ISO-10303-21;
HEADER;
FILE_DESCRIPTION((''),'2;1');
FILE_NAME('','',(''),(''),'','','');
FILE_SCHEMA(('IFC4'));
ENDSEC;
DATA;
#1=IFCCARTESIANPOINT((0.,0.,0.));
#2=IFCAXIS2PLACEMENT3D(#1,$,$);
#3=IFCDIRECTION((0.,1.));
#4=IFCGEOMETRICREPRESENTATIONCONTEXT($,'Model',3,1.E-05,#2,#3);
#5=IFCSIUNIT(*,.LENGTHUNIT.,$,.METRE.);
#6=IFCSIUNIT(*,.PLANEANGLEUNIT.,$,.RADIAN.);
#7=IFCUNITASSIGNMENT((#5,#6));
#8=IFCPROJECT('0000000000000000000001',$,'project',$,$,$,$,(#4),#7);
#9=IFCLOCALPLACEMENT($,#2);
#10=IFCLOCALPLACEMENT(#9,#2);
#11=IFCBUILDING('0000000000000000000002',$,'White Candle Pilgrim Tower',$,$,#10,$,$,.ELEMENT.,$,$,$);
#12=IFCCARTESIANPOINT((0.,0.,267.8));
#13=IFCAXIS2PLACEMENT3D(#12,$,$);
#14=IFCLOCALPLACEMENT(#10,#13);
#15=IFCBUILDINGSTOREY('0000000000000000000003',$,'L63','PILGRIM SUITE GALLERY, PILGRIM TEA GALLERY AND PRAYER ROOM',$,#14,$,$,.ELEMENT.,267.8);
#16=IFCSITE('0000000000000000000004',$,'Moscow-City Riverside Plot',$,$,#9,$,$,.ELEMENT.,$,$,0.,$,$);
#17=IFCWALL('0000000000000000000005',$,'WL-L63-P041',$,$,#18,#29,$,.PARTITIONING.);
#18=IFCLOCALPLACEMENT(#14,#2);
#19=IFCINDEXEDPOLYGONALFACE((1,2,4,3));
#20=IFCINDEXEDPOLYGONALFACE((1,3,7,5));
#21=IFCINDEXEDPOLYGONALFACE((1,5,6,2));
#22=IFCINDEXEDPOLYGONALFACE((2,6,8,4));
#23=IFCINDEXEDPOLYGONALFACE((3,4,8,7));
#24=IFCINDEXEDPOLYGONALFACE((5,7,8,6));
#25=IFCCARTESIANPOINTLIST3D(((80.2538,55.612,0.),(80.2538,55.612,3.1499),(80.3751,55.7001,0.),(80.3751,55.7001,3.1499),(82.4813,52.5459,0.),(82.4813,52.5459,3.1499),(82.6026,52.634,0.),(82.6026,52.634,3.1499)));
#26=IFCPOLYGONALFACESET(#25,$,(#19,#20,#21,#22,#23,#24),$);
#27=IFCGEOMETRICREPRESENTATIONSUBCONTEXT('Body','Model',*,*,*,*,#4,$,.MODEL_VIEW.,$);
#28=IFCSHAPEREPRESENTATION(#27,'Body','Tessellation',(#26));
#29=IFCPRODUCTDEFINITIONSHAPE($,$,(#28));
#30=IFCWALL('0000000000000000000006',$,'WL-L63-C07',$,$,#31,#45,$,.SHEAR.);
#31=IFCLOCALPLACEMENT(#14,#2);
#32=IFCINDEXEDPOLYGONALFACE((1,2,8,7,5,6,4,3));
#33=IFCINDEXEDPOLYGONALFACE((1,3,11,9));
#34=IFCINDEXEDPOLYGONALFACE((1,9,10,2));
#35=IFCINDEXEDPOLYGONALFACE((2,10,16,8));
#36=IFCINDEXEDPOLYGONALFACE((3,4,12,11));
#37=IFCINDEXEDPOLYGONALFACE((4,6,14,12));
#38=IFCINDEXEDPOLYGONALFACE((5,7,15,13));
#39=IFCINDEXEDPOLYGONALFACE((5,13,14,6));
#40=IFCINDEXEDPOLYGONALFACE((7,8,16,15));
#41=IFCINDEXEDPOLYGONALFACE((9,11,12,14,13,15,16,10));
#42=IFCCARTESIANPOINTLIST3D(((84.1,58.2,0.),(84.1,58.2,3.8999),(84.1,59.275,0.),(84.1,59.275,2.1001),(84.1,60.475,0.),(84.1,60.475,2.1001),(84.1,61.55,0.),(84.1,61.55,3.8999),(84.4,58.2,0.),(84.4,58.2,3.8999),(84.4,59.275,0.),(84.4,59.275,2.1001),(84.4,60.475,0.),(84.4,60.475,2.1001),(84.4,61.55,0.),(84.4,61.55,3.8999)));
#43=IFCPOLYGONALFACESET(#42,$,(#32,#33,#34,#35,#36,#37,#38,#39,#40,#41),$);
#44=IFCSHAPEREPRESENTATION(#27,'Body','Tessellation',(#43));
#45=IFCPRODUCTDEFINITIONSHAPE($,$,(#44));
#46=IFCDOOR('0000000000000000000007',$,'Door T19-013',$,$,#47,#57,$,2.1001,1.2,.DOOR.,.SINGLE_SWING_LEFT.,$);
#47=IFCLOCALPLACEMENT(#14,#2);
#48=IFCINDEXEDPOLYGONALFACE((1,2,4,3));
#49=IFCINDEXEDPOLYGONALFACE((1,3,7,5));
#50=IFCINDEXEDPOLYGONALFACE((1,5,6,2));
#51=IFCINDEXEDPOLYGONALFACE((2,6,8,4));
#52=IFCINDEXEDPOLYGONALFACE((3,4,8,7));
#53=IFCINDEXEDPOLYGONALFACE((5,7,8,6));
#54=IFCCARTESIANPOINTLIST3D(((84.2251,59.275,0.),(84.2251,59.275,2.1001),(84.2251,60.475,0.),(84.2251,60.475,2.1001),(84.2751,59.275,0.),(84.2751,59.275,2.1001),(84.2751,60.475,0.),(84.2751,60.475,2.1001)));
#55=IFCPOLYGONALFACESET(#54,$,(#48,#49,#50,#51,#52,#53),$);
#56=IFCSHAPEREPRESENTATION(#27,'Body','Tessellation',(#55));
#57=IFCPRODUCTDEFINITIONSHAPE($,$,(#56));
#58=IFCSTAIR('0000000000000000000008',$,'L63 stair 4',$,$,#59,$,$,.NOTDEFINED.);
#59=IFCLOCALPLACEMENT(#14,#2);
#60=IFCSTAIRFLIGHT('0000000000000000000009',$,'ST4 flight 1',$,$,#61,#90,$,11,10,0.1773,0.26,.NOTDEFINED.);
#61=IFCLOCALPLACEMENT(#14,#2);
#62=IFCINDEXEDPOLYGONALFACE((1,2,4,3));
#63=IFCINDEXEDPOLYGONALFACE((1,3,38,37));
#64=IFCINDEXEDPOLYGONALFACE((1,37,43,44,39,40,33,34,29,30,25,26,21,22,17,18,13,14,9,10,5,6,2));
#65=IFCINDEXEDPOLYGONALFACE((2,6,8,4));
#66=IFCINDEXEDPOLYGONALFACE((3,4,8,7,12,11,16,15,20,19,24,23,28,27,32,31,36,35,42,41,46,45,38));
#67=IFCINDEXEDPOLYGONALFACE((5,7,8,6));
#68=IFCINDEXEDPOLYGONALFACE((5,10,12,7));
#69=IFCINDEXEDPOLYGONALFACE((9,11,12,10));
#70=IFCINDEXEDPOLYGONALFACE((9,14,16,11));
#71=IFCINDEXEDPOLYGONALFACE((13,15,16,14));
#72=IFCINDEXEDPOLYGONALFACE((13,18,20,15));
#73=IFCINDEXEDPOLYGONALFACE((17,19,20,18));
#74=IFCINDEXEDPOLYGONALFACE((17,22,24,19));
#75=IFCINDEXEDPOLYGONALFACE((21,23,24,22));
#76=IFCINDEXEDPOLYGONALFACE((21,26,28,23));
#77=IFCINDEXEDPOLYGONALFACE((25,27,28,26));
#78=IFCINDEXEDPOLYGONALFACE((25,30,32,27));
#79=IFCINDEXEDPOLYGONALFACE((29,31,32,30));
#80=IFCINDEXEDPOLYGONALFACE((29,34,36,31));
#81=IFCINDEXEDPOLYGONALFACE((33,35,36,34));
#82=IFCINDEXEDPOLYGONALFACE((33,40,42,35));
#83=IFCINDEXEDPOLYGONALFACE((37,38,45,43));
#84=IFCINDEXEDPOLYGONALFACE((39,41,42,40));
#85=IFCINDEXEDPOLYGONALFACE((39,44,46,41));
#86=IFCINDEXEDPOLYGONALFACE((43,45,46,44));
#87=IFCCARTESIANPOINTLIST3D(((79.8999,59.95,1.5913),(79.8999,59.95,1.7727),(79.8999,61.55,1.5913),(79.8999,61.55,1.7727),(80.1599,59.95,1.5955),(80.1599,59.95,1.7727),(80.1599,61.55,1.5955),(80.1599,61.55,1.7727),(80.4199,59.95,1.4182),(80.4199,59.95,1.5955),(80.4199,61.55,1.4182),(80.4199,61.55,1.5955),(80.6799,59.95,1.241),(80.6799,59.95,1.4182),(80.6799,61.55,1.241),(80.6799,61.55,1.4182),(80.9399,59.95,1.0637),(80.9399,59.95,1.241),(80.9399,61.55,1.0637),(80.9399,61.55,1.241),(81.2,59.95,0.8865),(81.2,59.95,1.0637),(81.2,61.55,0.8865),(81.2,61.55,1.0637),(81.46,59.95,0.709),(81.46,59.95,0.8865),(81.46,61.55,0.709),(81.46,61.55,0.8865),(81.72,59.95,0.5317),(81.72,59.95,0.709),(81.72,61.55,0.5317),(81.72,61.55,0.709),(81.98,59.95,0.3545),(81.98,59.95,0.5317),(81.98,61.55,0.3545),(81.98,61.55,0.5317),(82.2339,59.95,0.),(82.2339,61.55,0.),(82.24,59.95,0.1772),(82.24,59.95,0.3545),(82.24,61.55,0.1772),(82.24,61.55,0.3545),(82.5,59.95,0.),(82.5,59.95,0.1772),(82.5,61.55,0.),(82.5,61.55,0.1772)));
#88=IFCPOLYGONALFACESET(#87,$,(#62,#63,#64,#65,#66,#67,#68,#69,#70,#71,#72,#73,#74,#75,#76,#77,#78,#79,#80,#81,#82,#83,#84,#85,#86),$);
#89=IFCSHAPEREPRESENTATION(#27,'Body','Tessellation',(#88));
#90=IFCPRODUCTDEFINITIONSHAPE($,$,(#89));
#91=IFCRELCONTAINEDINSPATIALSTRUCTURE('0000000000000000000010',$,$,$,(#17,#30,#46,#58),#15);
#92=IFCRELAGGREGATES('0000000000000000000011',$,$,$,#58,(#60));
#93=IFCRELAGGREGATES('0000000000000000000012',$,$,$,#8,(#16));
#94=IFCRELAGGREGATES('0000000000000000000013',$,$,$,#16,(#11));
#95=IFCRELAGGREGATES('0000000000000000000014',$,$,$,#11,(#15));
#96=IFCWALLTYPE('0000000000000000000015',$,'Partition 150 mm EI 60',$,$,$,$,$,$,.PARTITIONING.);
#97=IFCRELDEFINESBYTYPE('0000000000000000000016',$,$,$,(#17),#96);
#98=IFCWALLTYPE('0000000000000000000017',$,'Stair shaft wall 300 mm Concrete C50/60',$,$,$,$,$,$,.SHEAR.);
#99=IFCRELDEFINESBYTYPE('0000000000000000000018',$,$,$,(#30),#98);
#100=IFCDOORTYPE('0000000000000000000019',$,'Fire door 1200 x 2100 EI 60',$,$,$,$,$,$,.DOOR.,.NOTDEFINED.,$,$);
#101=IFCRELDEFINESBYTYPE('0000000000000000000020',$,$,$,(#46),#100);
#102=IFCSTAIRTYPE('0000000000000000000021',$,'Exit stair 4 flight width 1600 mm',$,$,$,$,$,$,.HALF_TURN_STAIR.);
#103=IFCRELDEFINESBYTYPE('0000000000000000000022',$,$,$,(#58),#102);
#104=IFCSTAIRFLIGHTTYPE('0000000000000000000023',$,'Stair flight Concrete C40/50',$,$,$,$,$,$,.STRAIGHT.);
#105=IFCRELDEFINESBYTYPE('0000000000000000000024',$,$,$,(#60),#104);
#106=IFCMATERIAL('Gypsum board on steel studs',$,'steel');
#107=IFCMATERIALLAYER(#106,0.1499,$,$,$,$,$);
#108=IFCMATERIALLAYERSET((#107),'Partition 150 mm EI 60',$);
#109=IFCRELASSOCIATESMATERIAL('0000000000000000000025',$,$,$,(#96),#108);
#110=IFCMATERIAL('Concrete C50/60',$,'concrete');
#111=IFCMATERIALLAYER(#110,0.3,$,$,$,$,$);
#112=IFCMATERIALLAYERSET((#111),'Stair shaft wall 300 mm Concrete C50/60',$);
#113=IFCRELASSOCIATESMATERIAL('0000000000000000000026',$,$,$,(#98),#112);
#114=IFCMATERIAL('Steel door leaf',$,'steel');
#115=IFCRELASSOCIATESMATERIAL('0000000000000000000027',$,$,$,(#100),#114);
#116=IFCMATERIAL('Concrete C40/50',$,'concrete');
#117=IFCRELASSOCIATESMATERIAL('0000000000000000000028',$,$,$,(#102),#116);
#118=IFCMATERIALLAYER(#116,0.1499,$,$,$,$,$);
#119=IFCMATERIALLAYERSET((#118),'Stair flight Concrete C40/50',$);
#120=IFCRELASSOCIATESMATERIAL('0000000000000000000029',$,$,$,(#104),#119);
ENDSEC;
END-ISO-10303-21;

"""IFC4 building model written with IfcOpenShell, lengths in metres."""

from ifc_helpers import new_model, si_unit, direction, frame, frame_2d, origin, place, context, subcontext, project, spatial, polyline, rectangle, outline, extrude, material, layer, layer_set, type_object, element, fill, aggregate, save


model = new_model("IFC4")

# Units and contexts
model_context = context("Model", 3, precision=1e-05, world=origin(), true_north=direction((0.0, 1.0)))
body_context = subcontext(model_context, "Body", "Model", "MODEL_VIEW")
ifc_project = project(units=[si_unit("LENGTHUNIT", "METRE"), si_unit("PLANEANGLEUNIT", "RADIAN")], contexts=[model_context])

# Site, building, storey
site_placement = place(None, origin())
site = spatial("IfcSite", under=ifc_project, at=site_placement, Name="Moscow-City Riverside Plot", CompositionType="ELEMENT", RefElevation=0.0)
building_placement = place(site_placement, origin())
building = spatial("IfcBuilding", under=site, at=building_placement, Name="White Candle Pilgrim Tower", CompositionType="ELEMENT")
storey_placement = place(building_placement, frame((0.0, 0.0, 267.8)))
storey = spatial("IfcBuildingStorey", under=building, at=storey_placement, Name="L63", Description="PILGRIM SUITE GALLERY, PILGRIM TEA GALLERY AND PRAYER ROOM", CompositionType="ELEMENT", Elevation=267.8)

# Shared definitions
ifc_material_1 = material(Name="Concrete C50/60", Category="concrete")

# Shared definitions
ifc_material_2 = material(Name="Gypsum board on steel studs", Category="steel")
ifc_material_3 = material(Name="Steel door leaf", Category="steel")

# Wall
ifc_layer_1 = layer(ifc_material_2, 0.1499)
ifc_layer_set_1 = layer_set([ifc_layer_1], Name="Partition 150 mm EI 60")
wall_type_1 = type_object("IfcWallType", Name="Partition 150 mm EI 60", PredefinedType="PARTITIONING", material=ifc_layer_set_1)
wall_1_placement = place(storey_placement, frame((82.542, 52.5898, 0.0), z_axis=(0.0, 0.0, 1.0), x_axis=(-0.587758, 0.809037, 0.0)))
element("IfcWall", 1, at=wall_1_placement, inside=storey, type_object=wall_type_1, Name="WL-L63-P041", PredefinedType="PARTITIONING", context=body_context, shape_type="SweptSolid", body=[
    extrude(rectangle(XDim=3.7898, YDim=0.1499, at=frame_2d((1.895, 0.0))), origin(), (0.0, 0.0, 1.0), 3.1499),
])

# Wall, opening, door
ifc_layer_2 = layer(ifc_material_1, 0.3)
ifc_layer_set_2 = layer_set([ifc_layer_2], Name="Stair shaft wall 300 mm Concrete C50/60")
wall_type_2 = type_object("IfcWallType", Name="Stair shaft wall 300 mm Concrete C50/60", PredefinedType="SHEAR", material=ifc_layer_set_2)
wall_2_placement = place(storey_placement, frame((84.25, 58.2, 0.0), z_axis=(0.0, 0.0, 1.0), x_axis=(0.0, 1.0, 0.0)))
wall_2 = element("IfcWall", 2, at=wall_2_placement, inside=storey, type_object=wall_type_2, Name="WL-L63-C07", PredefinedType="SHEAR", context=body_context, shape_type="SweptSolid", body=[
    extrude(rectangle(XDim=3.3501, YDim=0.3, at=frame_2d((1.675, 0.0))), origin(), (0.0, 0.0, 1.0), 3.8999),
])
opening_1_placement = place(wall_2_placement, frame((1.075, 0.0, 0.0)))
opening_1 = element("IfcOpeningElement", 3, at=opening_1_placement, cuts=wall_2, PredefinedType="OPENING", context=body_context, shape_type="SweptSolid", body=[
    extrude(rectangle(XDim=1.2, YDim=2.1001, at=frame_2d((0.6001, 1.05))), frame((0.0, 0.1599, 0.0), z_axis=(0.0, -1.0, 0.0), x_axis=(1.0, 0.0, 0.0)), (0.0, 0.0, 1.0), 0.3201),
])
door_type_1 = type_object("IfcDoorType", Name="Fire door 1200 x 2100 EI 60", OperationType="NOTDEFINED", PredefinedType="DOOR", material=ifc_material_3)
door_1_placement = place(opening_1_placement, origin())
door_1 = element("IfcDoor", 4, at=door_1_placement, inside=storey, type_object=door_type_1, Name="Door T19-013", OperationType="SINGLE_SWING_LEFT", OverallHeight=2.1001, OverallWidth=1.2, PredefinedType="DOOR", context=body_context, shape_type="SweptSolid", body=[
    extrude(rectangle(XDim=1.2, YDim=2.1001, at=frame_2d((0.6001, 1.05))), frame((0.0, 0.0249, 0.0), z_axis=(0.0, -1.0, 0.0), x_axis=(1.0, 0.0, 0.0)), (0.0, 0.0, 1.0), 0.05),
])
fill(opening_1, door_1)

# Stair, stair flight
ifc_material_4 = material(Name="Concrete C40/50", Category="concrete")
stair_type = type_object("IfcStairType", Name="Exit stair 4 flight width 1600 mm", PredefinedType="HALF_TURN_STAIR", material=ifc_material_4)
stair_placement = place(storey_placement, origin())
stair = element("IfcStair", 5, at=stair_placement, inside=storey, type_object=stair_type, Name="L63 stair 4", PredefinedType="NOTDEFINED")
ifc_layer_3 = layer(ifc_material_4, 0.1499)
ifc_layer_set_3 = layer_set([ifc_layer_3], Name="Stair flight Concrete C40/50")
stair_flight_type = type_object("IfcStairFlightType", Name="Stair flight Concrete C40/50", PredefinedType="STRAIGHT", material=ifc_layer_set_3)
stair_flight_placement = place(storey_placement, frame((82.5, 60.75, 0.0), z_axis=(0.0, 0.0, 1.0), x_axis=(-1.0, 0.0, 0.0)))
stair_flight = element("IfcStairFlight", 6, at=stair_flight_placement, type_object=stair_flight_type, Name="ST4 flight 1", NumberOfRisers=11, NumberOfTreads=10, PredefinedType="NOTDEFINED", RiserHeight=0.1773, TreadLength=0.26, context=body_context, shape_type="SweptSolid", body=[
    extrude(outline(polyline([(0.0, 0.0), (0.0, 0.1772), (0.26, 0.1772), (0.26, 0.3545), (0.52, 0.3545), (0.52, 0.5317), (0.78, 0.5317), (0.78, 0.709), (1.04, 0.709), (1.04, 0.8865), (1.3, 0.8865), (1.3, 1.0637), (1.5601, 1.0637), (1.5601, 1.241), (1.8201, 1.241), (1.8201, 1.4182), (2.0801, 1.4182), (2.0801, 1.5955), (2.3401, 1.5955), (2.3401, 1.7727), (2.6001, 1.7727), (2.6001, 1.95), (2.6001, 1.5913), (0.2661, 0.0), (0.0, 0.0)])), frame((0.0, 0.8, 0.0), z_axis=(0.0, -1.0, 0.0), x_axis=(1.0, 0.0, 0.0)), (0.0, 0.0, 1.0), 1.6001),
])
aggregate(stair, [stair_flight])

save(model, "model.ifc")
